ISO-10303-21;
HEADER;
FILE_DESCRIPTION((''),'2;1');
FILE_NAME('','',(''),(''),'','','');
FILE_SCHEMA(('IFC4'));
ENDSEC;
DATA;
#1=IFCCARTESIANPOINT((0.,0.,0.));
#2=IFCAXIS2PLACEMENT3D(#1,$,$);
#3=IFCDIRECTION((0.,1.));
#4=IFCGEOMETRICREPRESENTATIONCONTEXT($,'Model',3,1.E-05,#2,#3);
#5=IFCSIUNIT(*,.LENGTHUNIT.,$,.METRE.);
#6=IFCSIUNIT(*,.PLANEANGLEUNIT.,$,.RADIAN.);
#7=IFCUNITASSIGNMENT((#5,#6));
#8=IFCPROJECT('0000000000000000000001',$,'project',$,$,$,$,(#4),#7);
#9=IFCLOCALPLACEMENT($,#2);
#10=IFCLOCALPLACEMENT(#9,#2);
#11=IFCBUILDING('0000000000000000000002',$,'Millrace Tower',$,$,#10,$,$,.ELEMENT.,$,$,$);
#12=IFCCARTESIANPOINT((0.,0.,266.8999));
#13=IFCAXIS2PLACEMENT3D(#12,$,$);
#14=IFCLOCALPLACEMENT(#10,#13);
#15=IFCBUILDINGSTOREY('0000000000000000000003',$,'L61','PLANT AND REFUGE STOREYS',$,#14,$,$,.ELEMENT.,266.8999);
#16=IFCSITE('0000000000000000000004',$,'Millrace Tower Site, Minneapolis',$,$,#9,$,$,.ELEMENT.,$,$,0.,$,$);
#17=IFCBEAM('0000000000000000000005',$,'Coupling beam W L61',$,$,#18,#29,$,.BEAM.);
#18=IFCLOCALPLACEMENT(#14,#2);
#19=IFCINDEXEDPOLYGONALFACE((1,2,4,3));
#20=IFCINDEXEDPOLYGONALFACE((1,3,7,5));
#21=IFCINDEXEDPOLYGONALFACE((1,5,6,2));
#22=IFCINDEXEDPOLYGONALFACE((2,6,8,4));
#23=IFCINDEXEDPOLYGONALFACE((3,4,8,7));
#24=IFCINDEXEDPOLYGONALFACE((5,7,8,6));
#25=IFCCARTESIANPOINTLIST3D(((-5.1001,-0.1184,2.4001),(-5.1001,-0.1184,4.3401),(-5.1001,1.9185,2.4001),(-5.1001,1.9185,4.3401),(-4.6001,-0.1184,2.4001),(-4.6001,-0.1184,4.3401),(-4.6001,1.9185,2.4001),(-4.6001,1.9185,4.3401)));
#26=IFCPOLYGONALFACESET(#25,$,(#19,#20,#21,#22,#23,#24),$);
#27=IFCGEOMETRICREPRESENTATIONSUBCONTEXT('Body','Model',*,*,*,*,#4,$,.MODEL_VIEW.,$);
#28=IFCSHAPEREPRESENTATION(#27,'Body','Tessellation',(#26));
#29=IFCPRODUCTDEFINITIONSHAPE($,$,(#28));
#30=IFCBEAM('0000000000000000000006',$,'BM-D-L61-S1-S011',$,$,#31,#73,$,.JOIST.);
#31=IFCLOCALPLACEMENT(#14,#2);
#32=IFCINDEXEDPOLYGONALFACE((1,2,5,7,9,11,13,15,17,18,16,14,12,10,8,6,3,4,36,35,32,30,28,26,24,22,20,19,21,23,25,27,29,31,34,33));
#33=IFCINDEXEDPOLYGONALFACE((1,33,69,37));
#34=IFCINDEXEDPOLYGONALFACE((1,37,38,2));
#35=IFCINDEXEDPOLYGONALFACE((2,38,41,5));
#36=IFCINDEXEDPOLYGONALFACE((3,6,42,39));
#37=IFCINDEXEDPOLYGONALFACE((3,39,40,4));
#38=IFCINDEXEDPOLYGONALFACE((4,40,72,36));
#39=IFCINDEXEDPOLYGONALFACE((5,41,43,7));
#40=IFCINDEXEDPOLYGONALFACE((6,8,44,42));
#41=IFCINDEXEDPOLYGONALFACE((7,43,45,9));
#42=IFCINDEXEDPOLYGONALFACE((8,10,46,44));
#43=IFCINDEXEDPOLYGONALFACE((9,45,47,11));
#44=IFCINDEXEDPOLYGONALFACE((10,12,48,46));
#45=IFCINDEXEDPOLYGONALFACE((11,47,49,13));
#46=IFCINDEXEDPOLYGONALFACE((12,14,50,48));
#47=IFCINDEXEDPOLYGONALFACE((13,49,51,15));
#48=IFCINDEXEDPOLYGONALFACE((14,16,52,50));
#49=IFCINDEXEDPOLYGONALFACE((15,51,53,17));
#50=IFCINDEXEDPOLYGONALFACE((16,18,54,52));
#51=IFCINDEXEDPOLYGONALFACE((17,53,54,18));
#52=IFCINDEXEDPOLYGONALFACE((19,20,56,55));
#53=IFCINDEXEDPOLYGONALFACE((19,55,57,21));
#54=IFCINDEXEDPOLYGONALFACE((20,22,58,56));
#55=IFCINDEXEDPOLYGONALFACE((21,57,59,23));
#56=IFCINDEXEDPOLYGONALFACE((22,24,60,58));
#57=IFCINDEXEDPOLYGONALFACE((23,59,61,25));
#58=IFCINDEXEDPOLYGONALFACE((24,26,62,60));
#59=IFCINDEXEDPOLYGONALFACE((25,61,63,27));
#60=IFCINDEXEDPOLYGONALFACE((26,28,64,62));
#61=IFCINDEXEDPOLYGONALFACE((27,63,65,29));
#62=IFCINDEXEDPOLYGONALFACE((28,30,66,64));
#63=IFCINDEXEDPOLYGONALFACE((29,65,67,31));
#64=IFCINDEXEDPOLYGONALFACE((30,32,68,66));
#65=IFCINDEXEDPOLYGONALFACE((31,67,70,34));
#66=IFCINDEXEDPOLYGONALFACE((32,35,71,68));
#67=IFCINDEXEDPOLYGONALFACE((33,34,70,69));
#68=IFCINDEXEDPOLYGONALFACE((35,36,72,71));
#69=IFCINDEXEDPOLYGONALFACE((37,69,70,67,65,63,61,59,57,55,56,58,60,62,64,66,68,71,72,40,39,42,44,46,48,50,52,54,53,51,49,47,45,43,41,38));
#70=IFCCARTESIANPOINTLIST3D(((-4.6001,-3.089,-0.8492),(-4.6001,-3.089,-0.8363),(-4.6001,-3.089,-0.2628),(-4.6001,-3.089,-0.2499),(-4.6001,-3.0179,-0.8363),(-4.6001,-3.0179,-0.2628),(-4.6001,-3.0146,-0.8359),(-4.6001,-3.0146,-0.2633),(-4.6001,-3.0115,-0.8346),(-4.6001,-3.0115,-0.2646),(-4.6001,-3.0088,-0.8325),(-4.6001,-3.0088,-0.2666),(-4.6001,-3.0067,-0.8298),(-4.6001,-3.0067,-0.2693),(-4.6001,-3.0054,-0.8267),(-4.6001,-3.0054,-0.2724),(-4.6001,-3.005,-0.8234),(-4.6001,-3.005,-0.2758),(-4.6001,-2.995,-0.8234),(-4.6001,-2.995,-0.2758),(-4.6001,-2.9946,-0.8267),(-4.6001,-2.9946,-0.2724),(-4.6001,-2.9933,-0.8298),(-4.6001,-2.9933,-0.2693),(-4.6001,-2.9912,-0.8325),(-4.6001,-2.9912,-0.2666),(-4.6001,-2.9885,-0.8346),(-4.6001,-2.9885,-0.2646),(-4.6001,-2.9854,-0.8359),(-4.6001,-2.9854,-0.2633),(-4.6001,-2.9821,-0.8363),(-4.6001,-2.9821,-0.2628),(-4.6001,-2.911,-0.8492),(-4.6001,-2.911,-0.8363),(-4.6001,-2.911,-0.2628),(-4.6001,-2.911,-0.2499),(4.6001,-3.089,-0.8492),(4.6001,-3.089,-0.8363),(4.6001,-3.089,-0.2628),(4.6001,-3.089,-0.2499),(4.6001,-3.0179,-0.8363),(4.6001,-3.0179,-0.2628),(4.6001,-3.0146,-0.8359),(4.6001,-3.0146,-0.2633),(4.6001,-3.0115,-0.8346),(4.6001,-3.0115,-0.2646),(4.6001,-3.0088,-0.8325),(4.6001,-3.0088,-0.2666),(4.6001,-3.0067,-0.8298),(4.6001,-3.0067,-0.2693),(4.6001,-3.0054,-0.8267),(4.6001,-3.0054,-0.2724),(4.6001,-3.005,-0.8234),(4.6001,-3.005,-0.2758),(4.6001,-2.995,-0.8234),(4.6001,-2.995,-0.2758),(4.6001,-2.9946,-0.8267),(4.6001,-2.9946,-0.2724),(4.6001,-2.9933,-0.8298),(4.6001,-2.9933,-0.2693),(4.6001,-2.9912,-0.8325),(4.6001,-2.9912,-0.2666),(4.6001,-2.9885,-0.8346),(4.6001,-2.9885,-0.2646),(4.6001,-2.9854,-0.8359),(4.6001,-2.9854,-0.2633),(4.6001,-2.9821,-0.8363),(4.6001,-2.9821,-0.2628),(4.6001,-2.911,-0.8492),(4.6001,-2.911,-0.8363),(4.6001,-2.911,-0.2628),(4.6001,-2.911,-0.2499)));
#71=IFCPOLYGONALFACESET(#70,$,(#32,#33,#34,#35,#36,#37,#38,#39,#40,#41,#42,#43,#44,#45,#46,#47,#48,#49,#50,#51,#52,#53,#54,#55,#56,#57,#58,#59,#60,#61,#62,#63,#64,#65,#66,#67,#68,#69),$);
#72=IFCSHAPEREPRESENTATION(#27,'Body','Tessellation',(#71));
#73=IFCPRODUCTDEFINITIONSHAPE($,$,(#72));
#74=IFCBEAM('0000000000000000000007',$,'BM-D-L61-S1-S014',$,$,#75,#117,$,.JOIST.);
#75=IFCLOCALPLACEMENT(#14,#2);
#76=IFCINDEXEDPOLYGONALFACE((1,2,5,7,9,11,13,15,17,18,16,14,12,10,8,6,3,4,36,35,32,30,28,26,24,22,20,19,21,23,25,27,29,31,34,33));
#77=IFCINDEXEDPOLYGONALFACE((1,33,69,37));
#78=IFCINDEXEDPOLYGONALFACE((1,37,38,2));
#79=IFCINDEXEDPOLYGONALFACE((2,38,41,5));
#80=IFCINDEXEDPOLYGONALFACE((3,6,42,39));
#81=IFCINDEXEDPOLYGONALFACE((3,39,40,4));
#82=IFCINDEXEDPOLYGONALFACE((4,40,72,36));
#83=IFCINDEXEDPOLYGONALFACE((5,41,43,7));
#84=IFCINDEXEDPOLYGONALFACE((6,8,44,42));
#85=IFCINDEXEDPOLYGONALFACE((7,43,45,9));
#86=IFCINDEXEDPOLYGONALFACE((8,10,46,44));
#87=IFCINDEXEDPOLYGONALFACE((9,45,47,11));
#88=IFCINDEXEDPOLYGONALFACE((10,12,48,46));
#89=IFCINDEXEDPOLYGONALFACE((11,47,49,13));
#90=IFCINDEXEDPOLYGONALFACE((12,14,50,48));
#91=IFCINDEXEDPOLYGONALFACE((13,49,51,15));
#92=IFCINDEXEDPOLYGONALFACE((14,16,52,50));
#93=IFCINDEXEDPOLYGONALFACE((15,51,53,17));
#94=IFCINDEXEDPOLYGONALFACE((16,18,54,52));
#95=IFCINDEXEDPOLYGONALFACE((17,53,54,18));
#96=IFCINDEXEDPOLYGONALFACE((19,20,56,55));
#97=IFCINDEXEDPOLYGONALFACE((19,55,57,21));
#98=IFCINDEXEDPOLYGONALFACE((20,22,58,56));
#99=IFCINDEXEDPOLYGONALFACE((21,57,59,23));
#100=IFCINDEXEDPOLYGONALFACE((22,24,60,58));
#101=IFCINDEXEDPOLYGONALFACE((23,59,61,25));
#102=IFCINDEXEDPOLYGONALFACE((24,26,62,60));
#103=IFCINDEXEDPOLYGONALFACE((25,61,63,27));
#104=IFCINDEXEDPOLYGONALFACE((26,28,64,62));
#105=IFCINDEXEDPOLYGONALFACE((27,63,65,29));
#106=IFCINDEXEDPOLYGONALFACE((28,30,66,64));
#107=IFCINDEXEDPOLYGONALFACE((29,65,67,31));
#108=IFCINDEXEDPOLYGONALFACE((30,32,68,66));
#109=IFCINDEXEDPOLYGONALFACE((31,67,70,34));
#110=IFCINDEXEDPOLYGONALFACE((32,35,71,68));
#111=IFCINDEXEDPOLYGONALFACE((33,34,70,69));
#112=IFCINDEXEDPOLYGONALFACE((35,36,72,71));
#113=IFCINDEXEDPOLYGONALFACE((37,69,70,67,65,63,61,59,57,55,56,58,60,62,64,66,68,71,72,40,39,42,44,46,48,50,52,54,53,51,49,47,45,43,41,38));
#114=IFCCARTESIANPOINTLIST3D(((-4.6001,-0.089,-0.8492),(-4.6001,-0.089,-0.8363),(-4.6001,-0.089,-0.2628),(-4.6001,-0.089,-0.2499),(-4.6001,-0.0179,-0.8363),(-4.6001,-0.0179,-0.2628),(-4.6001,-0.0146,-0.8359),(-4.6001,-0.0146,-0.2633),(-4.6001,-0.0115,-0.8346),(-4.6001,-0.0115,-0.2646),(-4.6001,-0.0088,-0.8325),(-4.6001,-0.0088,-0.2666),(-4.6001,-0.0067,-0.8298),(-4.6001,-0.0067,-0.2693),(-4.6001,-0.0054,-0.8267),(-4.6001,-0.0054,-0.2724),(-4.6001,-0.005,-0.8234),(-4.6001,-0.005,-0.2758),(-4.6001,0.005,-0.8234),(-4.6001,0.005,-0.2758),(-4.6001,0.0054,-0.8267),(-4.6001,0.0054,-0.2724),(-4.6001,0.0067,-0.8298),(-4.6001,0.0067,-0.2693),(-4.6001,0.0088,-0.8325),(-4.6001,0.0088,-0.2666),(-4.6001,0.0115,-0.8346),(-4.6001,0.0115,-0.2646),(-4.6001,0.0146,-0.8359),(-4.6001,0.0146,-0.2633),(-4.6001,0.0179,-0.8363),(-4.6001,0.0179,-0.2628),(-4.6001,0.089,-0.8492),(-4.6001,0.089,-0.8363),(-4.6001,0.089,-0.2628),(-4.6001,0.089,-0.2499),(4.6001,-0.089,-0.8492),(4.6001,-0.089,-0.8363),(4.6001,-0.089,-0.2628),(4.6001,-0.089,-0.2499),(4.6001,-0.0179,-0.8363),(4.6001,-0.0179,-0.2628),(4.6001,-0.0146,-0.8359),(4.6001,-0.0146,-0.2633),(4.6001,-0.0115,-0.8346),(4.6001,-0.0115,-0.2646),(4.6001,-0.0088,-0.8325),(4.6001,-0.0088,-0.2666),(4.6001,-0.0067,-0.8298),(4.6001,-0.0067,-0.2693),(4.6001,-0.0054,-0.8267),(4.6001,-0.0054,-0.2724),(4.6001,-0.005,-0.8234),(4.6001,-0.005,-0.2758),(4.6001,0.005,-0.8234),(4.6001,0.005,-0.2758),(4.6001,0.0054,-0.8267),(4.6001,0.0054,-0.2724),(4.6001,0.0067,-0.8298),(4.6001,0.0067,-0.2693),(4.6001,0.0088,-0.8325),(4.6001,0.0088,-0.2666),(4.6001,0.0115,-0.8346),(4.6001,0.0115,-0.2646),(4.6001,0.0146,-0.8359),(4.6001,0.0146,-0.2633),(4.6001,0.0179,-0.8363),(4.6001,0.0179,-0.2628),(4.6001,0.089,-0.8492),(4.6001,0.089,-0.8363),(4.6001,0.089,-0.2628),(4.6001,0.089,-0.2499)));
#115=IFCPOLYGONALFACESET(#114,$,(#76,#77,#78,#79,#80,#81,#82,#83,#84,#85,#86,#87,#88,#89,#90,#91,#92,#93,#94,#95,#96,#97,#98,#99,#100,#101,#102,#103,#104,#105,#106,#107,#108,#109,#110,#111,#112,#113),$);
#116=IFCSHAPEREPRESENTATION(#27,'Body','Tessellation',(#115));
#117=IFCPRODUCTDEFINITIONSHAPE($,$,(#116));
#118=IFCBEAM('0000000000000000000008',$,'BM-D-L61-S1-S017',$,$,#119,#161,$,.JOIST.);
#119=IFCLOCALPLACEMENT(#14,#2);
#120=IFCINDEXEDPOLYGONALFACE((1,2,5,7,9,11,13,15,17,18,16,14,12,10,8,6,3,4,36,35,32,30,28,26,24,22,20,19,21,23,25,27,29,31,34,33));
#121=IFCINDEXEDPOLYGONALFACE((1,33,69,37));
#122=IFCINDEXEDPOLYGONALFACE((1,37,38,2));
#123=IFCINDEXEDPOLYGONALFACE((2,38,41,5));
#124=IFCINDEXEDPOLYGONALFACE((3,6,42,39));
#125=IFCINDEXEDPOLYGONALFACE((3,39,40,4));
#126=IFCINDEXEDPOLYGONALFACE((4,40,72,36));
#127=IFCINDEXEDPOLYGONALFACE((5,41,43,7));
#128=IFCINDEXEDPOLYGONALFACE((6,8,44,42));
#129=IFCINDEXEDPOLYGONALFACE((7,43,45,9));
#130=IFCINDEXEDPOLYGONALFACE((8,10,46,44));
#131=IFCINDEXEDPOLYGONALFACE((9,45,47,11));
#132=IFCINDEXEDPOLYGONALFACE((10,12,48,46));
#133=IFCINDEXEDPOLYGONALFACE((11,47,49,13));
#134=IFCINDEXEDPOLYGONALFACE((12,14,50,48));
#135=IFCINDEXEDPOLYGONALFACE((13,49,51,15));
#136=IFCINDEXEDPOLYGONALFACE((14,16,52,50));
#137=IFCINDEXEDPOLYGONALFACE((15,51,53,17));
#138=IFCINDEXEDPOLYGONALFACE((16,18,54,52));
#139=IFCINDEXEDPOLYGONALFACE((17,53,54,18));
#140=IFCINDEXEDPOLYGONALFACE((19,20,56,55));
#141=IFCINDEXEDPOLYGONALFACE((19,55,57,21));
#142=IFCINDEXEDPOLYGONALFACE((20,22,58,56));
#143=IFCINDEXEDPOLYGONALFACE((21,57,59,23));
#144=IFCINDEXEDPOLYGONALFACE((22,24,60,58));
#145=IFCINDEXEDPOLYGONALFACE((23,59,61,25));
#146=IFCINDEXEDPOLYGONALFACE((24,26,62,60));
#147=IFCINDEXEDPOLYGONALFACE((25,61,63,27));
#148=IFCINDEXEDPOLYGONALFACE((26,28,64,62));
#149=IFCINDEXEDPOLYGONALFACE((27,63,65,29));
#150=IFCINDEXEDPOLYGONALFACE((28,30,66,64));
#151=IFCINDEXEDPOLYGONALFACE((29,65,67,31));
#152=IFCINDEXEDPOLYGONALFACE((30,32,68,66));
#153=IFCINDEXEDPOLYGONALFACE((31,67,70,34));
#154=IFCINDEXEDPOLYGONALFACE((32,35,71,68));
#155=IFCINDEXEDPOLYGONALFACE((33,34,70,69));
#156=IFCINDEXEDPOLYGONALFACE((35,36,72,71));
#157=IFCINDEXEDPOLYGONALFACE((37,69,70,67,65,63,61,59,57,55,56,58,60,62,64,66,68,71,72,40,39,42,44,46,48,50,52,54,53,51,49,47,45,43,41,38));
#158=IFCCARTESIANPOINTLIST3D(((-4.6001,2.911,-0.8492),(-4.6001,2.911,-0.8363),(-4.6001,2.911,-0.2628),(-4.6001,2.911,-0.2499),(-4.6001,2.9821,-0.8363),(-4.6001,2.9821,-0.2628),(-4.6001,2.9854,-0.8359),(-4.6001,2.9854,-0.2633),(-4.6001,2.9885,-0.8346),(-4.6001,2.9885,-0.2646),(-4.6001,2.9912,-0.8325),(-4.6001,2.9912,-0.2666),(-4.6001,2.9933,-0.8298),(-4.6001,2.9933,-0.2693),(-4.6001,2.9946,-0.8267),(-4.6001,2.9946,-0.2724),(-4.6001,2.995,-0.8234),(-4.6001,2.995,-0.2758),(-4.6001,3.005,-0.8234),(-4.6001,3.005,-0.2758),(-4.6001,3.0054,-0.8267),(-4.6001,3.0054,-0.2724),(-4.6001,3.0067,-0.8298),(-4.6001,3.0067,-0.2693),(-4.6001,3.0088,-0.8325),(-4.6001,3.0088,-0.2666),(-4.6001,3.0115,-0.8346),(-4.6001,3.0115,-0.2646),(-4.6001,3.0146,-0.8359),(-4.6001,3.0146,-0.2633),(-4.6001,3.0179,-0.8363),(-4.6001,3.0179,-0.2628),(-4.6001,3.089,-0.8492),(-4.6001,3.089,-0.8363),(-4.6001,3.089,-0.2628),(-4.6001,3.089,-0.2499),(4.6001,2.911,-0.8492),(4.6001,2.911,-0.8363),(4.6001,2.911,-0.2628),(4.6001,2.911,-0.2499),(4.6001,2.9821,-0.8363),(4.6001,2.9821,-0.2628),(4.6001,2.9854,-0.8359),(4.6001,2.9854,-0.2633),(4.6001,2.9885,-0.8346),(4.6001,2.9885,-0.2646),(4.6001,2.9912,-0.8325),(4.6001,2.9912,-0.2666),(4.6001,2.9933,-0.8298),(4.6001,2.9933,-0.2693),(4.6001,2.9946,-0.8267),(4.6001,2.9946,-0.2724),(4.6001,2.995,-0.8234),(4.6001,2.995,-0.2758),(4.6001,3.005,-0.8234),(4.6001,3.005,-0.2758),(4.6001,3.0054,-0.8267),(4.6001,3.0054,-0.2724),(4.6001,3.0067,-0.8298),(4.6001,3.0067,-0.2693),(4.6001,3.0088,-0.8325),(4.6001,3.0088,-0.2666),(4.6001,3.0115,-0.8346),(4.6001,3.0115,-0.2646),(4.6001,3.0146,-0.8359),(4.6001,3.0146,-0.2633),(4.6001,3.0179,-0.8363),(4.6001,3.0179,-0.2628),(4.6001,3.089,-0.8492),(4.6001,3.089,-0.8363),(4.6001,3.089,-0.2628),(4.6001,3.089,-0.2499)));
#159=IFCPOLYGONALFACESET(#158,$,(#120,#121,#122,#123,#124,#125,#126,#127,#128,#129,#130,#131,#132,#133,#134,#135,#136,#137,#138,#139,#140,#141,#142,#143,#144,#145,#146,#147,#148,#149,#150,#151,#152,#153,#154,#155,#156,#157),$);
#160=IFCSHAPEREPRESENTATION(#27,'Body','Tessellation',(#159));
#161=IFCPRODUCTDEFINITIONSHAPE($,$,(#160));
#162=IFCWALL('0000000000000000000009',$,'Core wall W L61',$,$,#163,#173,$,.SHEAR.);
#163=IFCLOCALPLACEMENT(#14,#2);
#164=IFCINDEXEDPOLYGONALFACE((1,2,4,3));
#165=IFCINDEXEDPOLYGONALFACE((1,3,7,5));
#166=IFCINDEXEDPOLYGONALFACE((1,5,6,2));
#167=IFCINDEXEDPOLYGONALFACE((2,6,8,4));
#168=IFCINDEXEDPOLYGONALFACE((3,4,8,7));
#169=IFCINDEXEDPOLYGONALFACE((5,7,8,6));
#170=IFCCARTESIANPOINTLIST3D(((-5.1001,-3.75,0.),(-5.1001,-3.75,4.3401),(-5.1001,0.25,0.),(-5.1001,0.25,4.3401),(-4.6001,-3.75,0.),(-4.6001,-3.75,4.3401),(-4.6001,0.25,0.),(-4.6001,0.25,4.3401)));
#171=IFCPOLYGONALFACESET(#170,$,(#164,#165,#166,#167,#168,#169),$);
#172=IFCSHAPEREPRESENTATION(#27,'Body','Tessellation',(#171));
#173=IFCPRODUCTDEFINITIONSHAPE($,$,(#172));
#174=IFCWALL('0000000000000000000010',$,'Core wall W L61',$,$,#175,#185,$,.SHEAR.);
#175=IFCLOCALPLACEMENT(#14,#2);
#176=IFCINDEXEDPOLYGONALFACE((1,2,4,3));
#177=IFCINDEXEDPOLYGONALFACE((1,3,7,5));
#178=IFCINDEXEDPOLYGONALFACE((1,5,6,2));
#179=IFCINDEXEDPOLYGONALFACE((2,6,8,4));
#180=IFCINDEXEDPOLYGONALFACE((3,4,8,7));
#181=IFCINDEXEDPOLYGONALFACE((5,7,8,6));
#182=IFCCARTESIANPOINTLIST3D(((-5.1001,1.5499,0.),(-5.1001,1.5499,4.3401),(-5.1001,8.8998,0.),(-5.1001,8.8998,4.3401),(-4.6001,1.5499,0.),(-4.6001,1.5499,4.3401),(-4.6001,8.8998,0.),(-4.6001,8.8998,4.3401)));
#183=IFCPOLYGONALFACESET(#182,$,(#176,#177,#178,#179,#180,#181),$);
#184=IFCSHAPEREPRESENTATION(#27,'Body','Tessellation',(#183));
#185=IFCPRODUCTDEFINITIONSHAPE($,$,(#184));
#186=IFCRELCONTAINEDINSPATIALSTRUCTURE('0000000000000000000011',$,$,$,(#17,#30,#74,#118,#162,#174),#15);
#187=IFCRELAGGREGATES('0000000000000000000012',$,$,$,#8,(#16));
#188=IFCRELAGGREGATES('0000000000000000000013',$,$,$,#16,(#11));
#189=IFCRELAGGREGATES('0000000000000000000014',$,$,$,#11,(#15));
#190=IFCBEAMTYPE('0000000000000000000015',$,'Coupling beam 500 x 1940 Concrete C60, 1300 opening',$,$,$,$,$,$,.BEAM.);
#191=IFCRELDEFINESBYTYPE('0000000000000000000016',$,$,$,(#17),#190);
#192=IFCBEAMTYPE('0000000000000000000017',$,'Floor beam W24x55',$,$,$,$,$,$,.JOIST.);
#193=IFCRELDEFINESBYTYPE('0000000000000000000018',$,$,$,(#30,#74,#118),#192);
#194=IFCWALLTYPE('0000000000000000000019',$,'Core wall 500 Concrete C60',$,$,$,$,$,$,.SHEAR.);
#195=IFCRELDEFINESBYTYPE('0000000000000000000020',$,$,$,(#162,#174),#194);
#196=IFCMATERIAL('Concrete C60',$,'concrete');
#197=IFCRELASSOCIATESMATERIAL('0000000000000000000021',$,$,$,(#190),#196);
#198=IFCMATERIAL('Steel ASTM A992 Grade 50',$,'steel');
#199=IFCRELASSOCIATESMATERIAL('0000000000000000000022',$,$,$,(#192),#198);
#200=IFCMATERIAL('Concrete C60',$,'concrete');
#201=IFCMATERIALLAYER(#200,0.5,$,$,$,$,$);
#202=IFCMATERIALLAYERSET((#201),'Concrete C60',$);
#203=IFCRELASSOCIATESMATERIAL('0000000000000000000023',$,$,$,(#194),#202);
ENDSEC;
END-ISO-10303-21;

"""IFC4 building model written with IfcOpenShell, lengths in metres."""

from ifc_helpers import new_model, si_unit, direction, frame, frame_2d, origin, origin_2d, place, context, subcontext, project, spatial, rectangle, i_section, extrude, material, layer, layer_set, material_profile, profile_set, type_object, element, save


model = new_model("IFC4")

# Units and contexts
model_context = context("Model", 3, precision=1e-05, world=origin(), true_north=direction((0.0, 1.0)))
body_context = subcontext(model_context, "Body", "Model", "MODEL_VIEW")
ifc_project = project(units=[si_unit("LENGTHUNIT", "METRE"), si_unit("PLANEANGLEUNIT", "RADIAN")], contexts=[model_context])

# Site, building, storey
site_placement = place(None, origin())
site = spatial("IfcSite", under=ifc_project, at=site_placement, Name="Millrace Tower Site, Minneapolis", CompositionType="ELEMENT", RefElevation=0.0)
building_placement = place(site_placement, origin())
building = spatial("IfcBuilding", under=site, at=building_placement, Name="Millrace Tower", CompositionType="ELEMENT")
storey_placement = place(building_placement, frame((0.0, 0.0, 266.8999)))
storey = spatial("IfcBuildingStorey", under=building, at=storey_placement, Name="L61", Description="PLANT AND REFUGE STOREYS", CompositionType="ELEMENT", Elevation=266.8999)

# Beams
ifc_material_1 = material(Name="Concrete C60", Category="concrete")
ifc_material_profile_1 = material_profile(ifc_material_1, rectangle(XDim=0.5, YDim=1.9399, at=origin_2d()))
ifc_profile_set_1 = profile_set([ifc_material_profile_1], Name="Concrete C60")
beam_type_1 = type_object("IfcBeamType", Name="Coupling beam 500 x 1940 Concrete C60, 1300 opening", PredefinedType="BEAM", material=ifc_profile_set_1)
beam_placement = place(storey_placement, frame((-4.8501, -0.1184, 3.3701), z_axis=(0.0, 1.0, 0.0), x_axis=(-1.0, 0.0, 0.0)))
element("IfcBeam", 1, at=beam_placement, inside=storey, type_object=beam_type_1, Name="Coupling beam W L61", PredefinedType="BEAM", context=body_context, shape_type="SweptSolid", body=[
    extrude(rectangle(XDim=0.5, YDim=1.9399, at=origin_2d()), origin(), (0.0, 0.0, 1.0), 2.0369),
])
ifc_material_2 = material(Name="Steel ASTM A992 Grade 50", Category="steel")
ifc_material_profile_2 = material_profile(ifc_material_2, i_section(OverallWidth=0.178, OverallDepth=0.5994, WebThickness=0.01, FlangeThickness=0.0129, FilletRadius=0.0129, at=origin_2d()))
ifc_profile_set_2 = profile_set([ifc_material_profile_2], Name="Steel ASTM A992 Grade 50")
beam_type_2 = type_object("IfcBeamType", Name="Floor beam W24x55", PredefinedType="JOIST", material=ifc_profile_set_2)
for number, where, z_axis, x_axis, name in (
    (2, (-4.6001, -3.0, -0.5496), (1.0, 0.0, 0.0), (0.0, 1.0, 0.0), "BM-D-L61-S1-S011"),
    (3, (-4.6001, 0.0, -0.5496), (1.0, 0.0, 0.0), (0.0, 1.0, 0.0), "BM-D-L61-S1-S014"),
    (4, (-4.6001, 3.0, -0.5496), (1.0, 0.0, 0.0), (0.0, 1.0, 0.0), "BM-D-L61-S1-S017"),
):
    element("IfcBeam", number, at=place(storey_placement, frame(where, z_axis=z_axis, x_axis=x_axis)), inside=storey, type_object=beam_type_2, Name=name, PredefinedType="JOIST", context=body_context, shape_type="SweptSolid", body=[
        extrude(i_section(OverallWidth=0.178, OverallDepth=0.5994, WebThickness=0.01, FlangeThickness=0.0129, FilletRadius=0.0129, at=origin_2d()), origin(), (0.0, 0.0, 1.0), 9.2002),
    ])

# Walls
ifc_material_3 = material(Name="Concrete C60", Category="concrete")
ifc_layer_1 = layer(ifc_material_3, 0.5)
ifc_layer_set_1 = layer_set([ifc_layer_1], Name="Concrete C60")
wall_type_1 = type_object("IfcWallType", Name="Core wall 500 Concrete C60", PredefinedType="SHEAR", material=ifc_layer_set_1)
wall_1_placement = place(storey_placement, frame((-4.8501, -3.75, 0.0), z_axis=(0.0, 0.0, 1.0), x_axis=(0.0, 1.0, 0.0)))
element("IfcWall", 5, at=wall_1_placement, inside=storey, type_object=wall_type_1, Name="Core wall W L61", PredefinedType="SHEAR", context=body_context, shape_type="SweptSolid", body=[
    extrude(rectangle(XDim=4.0, YDim=0.5, at=frame_2d((2.0, 0.0))), origin(), (0.0, 0.0, 1.0), 4.3401),
])
wall_2_placement = place(storey_placement, frame((-4.8501, 1.55, 0.0), z_axis=(0.0, 0.0, 1.0), x_axis=(0.0, 1.0, 0.0)))
element("IfcWall", 6, at=wall_2_placement, inside=storey, type_object=wall_type_1, Name="Core wall W L61", PredefinedType="SHEAR", context=body_context, shape_type="SweptSolid", body=[
    extrude(rectangle(XDim=7.3499, YDim=0.5, at=frame_2d((3.6748, 0.0))), origin(), (0.0, 0.0, 1.0), 4.3401),
])

save(model, "model.ifc")
